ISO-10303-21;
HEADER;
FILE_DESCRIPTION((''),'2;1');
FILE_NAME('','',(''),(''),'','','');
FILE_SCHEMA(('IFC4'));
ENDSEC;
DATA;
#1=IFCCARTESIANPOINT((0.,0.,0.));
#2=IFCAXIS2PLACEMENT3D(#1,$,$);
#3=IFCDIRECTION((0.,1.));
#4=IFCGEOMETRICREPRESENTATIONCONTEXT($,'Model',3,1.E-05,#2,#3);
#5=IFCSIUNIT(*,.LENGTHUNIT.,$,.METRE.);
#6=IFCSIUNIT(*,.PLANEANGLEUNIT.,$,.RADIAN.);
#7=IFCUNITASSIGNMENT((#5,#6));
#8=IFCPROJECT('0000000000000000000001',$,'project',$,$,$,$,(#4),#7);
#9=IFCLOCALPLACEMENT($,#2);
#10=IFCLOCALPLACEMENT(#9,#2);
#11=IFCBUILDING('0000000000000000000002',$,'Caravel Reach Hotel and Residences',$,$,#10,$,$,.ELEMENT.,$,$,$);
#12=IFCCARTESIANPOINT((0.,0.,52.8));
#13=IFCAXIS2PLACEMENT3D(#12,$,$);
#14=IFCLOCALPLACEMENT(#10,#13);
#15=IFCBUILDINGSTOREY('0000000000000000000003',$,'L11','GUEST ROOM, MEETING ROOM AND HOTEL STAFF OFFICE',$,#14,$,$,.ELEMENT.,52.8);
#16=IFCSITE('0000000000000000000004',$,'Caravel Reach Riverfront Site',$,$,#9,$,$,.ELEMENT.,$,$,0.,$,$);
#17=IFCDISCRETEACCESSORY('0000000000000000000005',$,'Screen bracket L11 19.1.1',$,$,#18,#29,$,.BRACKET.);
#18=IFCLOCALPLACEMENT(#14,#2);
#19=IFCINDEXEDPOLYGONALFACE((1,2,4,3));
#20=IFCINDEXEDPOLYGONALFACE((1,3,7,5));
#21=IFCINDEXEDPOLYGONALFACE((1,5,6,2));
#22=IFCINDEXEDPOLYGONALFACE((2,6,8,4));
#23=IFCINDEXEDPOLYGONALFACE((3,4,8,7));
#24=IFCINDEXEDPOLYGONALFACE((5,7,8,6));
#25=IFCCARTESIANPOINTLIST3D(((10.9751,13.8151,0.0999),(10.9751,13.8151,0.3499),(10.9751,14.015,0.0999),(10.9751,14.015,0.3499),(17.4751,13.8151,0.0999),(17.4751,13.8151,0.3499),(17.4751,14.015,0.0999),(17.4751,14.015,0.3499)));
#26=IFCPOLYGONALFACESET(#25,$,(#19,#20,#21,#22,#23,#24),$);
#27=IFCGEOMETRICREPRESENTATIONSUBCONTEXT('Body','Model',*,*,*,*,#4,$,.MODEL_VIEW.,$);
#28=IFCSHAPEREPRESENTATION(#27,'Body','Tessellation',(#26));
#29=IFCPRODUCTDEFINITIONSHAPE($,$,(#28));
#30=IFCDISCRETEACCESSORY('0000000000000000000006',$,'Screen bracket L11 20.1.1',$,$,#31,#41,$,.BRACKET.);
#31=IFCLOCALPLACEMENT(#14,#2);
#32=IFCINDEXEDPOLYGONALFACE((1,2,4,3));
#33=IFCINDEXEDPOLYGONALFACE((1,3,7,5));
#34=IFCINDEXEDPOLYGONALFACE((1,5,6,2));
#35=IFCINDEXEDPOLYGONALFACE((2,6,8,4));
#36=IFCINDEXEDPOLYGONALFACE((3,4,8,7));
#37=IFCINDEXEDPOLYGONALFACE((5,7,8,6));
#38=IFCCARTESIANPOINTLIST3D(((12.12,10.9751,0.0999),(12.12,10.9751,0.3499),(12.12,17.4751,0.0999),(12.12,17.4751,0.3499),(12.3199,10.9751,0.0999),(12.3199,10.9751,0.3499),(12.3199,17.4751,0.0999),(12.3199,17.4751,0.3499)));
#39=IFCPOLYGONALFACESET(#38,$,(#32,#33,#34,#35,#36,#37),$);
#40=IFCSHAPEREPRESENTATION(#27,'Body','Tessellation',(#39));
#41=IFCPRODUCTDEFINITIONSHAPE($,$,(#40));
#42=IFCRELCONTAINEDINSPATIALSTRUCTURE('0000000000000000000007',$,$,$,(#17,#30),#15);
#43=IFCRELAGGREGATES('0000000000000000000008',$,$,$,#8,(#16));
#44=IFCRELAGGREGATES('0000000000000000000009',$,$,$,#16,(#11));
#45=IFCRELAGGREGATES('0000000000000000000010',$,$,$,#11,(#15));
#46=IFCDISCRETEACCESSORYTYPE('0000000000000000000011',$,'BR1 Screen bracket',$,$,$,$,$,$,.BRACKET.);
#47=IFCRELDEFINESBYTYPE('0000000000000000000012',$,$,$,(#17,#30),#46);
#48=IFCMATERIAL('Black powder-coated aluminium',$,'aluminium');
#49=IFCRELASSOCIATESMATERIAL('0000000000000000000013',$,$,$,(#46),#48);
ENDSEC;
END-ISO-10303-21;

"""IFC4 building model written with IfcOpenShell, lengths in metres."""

from ifc_helpers import new_model, si_unit, direction, frame, origin, origin_2d, place, context, subcontext, project, spatial, rectangle, extrude, material, type_object, element, save


model = new_model("IFC4")

# Units and contexts
model_context = context("Model", 3, precision=1e-05, world=origin(), true_north=direction((0.0, 1.0)))
body_context = subcontext(model_context, "Body", "Model", "MODEL_VIEW")
ifc_project = project(units=[si_unit("LENGTHUNIT", "METRE"), si_unit("PLANEANGLEUNIT", "RADIAN")], contexts=[model_context])

# Site, building, storey
site_placement = place(None, origin())
site = spatial("IfcSite", under=ifc_project, at=site_placement, Name="Caravel Reach Riverfront Site", CompositionType="ELEMENT", RefElevation=0.0)
building_placement = place(site_placement, origin())
building = spatial("IfcBuilding", under=site, at=building_placement, Name="Caravel Reach Hotel and Residences", CompositionType="ELEMENT")
storey_placement = place(building_placement, frame((0.0, 0.0, 52.8)))
storey = spatial("IfcBuildingStorey", under=building, at=storey_placement, Name="L11", Description="GUEST ROOM, MEETING ROOM AND HOTEL STAFF OFFICE", CompositionType="ELEMENT", Elevation=52.8)

# Discrete accessories
ifc_material_1 = material(Name="Black powder-coated aluminium", Category="aluminium")
discrete_accessory_type = type_object("IfcDiscreteAccessoryType", Name="BR1 Screen bracket", PredefinedType="BRACKET", material=ifc_material_1)
for number, where, z_axis, x_axis, name in (
    (1, (14.2251, 13.915, 0.0999), (0.0, 0.0, 1.0), (-1.0, 0.0, 0.0), "Screen bracket L11 19.1.1"),
    (2, (12.22, 14.2251, 0.0999), (0.0, 0.0, 1.0), (0.0, -1.0, 0.0), "Screen bracket L11 20.1.1"),
):
    element("IfcDiscreteAccessory", number, at=place(storey_placement, frame(where, z_axis=z_axis, x_axis=x_axis)), inside=storey, type_object=discrete_accessory_type, Name=name, PredefinedType="BRACKET", context=body_context, shape_type="SweptSolid", body=[
        extrude(rectangle(XDim=6.5, YDim=0.2, at=origin_2d()), origin(), (0.0, 0.0, 1.0), 0.25),
    ])

save(model, "model.ifc")
